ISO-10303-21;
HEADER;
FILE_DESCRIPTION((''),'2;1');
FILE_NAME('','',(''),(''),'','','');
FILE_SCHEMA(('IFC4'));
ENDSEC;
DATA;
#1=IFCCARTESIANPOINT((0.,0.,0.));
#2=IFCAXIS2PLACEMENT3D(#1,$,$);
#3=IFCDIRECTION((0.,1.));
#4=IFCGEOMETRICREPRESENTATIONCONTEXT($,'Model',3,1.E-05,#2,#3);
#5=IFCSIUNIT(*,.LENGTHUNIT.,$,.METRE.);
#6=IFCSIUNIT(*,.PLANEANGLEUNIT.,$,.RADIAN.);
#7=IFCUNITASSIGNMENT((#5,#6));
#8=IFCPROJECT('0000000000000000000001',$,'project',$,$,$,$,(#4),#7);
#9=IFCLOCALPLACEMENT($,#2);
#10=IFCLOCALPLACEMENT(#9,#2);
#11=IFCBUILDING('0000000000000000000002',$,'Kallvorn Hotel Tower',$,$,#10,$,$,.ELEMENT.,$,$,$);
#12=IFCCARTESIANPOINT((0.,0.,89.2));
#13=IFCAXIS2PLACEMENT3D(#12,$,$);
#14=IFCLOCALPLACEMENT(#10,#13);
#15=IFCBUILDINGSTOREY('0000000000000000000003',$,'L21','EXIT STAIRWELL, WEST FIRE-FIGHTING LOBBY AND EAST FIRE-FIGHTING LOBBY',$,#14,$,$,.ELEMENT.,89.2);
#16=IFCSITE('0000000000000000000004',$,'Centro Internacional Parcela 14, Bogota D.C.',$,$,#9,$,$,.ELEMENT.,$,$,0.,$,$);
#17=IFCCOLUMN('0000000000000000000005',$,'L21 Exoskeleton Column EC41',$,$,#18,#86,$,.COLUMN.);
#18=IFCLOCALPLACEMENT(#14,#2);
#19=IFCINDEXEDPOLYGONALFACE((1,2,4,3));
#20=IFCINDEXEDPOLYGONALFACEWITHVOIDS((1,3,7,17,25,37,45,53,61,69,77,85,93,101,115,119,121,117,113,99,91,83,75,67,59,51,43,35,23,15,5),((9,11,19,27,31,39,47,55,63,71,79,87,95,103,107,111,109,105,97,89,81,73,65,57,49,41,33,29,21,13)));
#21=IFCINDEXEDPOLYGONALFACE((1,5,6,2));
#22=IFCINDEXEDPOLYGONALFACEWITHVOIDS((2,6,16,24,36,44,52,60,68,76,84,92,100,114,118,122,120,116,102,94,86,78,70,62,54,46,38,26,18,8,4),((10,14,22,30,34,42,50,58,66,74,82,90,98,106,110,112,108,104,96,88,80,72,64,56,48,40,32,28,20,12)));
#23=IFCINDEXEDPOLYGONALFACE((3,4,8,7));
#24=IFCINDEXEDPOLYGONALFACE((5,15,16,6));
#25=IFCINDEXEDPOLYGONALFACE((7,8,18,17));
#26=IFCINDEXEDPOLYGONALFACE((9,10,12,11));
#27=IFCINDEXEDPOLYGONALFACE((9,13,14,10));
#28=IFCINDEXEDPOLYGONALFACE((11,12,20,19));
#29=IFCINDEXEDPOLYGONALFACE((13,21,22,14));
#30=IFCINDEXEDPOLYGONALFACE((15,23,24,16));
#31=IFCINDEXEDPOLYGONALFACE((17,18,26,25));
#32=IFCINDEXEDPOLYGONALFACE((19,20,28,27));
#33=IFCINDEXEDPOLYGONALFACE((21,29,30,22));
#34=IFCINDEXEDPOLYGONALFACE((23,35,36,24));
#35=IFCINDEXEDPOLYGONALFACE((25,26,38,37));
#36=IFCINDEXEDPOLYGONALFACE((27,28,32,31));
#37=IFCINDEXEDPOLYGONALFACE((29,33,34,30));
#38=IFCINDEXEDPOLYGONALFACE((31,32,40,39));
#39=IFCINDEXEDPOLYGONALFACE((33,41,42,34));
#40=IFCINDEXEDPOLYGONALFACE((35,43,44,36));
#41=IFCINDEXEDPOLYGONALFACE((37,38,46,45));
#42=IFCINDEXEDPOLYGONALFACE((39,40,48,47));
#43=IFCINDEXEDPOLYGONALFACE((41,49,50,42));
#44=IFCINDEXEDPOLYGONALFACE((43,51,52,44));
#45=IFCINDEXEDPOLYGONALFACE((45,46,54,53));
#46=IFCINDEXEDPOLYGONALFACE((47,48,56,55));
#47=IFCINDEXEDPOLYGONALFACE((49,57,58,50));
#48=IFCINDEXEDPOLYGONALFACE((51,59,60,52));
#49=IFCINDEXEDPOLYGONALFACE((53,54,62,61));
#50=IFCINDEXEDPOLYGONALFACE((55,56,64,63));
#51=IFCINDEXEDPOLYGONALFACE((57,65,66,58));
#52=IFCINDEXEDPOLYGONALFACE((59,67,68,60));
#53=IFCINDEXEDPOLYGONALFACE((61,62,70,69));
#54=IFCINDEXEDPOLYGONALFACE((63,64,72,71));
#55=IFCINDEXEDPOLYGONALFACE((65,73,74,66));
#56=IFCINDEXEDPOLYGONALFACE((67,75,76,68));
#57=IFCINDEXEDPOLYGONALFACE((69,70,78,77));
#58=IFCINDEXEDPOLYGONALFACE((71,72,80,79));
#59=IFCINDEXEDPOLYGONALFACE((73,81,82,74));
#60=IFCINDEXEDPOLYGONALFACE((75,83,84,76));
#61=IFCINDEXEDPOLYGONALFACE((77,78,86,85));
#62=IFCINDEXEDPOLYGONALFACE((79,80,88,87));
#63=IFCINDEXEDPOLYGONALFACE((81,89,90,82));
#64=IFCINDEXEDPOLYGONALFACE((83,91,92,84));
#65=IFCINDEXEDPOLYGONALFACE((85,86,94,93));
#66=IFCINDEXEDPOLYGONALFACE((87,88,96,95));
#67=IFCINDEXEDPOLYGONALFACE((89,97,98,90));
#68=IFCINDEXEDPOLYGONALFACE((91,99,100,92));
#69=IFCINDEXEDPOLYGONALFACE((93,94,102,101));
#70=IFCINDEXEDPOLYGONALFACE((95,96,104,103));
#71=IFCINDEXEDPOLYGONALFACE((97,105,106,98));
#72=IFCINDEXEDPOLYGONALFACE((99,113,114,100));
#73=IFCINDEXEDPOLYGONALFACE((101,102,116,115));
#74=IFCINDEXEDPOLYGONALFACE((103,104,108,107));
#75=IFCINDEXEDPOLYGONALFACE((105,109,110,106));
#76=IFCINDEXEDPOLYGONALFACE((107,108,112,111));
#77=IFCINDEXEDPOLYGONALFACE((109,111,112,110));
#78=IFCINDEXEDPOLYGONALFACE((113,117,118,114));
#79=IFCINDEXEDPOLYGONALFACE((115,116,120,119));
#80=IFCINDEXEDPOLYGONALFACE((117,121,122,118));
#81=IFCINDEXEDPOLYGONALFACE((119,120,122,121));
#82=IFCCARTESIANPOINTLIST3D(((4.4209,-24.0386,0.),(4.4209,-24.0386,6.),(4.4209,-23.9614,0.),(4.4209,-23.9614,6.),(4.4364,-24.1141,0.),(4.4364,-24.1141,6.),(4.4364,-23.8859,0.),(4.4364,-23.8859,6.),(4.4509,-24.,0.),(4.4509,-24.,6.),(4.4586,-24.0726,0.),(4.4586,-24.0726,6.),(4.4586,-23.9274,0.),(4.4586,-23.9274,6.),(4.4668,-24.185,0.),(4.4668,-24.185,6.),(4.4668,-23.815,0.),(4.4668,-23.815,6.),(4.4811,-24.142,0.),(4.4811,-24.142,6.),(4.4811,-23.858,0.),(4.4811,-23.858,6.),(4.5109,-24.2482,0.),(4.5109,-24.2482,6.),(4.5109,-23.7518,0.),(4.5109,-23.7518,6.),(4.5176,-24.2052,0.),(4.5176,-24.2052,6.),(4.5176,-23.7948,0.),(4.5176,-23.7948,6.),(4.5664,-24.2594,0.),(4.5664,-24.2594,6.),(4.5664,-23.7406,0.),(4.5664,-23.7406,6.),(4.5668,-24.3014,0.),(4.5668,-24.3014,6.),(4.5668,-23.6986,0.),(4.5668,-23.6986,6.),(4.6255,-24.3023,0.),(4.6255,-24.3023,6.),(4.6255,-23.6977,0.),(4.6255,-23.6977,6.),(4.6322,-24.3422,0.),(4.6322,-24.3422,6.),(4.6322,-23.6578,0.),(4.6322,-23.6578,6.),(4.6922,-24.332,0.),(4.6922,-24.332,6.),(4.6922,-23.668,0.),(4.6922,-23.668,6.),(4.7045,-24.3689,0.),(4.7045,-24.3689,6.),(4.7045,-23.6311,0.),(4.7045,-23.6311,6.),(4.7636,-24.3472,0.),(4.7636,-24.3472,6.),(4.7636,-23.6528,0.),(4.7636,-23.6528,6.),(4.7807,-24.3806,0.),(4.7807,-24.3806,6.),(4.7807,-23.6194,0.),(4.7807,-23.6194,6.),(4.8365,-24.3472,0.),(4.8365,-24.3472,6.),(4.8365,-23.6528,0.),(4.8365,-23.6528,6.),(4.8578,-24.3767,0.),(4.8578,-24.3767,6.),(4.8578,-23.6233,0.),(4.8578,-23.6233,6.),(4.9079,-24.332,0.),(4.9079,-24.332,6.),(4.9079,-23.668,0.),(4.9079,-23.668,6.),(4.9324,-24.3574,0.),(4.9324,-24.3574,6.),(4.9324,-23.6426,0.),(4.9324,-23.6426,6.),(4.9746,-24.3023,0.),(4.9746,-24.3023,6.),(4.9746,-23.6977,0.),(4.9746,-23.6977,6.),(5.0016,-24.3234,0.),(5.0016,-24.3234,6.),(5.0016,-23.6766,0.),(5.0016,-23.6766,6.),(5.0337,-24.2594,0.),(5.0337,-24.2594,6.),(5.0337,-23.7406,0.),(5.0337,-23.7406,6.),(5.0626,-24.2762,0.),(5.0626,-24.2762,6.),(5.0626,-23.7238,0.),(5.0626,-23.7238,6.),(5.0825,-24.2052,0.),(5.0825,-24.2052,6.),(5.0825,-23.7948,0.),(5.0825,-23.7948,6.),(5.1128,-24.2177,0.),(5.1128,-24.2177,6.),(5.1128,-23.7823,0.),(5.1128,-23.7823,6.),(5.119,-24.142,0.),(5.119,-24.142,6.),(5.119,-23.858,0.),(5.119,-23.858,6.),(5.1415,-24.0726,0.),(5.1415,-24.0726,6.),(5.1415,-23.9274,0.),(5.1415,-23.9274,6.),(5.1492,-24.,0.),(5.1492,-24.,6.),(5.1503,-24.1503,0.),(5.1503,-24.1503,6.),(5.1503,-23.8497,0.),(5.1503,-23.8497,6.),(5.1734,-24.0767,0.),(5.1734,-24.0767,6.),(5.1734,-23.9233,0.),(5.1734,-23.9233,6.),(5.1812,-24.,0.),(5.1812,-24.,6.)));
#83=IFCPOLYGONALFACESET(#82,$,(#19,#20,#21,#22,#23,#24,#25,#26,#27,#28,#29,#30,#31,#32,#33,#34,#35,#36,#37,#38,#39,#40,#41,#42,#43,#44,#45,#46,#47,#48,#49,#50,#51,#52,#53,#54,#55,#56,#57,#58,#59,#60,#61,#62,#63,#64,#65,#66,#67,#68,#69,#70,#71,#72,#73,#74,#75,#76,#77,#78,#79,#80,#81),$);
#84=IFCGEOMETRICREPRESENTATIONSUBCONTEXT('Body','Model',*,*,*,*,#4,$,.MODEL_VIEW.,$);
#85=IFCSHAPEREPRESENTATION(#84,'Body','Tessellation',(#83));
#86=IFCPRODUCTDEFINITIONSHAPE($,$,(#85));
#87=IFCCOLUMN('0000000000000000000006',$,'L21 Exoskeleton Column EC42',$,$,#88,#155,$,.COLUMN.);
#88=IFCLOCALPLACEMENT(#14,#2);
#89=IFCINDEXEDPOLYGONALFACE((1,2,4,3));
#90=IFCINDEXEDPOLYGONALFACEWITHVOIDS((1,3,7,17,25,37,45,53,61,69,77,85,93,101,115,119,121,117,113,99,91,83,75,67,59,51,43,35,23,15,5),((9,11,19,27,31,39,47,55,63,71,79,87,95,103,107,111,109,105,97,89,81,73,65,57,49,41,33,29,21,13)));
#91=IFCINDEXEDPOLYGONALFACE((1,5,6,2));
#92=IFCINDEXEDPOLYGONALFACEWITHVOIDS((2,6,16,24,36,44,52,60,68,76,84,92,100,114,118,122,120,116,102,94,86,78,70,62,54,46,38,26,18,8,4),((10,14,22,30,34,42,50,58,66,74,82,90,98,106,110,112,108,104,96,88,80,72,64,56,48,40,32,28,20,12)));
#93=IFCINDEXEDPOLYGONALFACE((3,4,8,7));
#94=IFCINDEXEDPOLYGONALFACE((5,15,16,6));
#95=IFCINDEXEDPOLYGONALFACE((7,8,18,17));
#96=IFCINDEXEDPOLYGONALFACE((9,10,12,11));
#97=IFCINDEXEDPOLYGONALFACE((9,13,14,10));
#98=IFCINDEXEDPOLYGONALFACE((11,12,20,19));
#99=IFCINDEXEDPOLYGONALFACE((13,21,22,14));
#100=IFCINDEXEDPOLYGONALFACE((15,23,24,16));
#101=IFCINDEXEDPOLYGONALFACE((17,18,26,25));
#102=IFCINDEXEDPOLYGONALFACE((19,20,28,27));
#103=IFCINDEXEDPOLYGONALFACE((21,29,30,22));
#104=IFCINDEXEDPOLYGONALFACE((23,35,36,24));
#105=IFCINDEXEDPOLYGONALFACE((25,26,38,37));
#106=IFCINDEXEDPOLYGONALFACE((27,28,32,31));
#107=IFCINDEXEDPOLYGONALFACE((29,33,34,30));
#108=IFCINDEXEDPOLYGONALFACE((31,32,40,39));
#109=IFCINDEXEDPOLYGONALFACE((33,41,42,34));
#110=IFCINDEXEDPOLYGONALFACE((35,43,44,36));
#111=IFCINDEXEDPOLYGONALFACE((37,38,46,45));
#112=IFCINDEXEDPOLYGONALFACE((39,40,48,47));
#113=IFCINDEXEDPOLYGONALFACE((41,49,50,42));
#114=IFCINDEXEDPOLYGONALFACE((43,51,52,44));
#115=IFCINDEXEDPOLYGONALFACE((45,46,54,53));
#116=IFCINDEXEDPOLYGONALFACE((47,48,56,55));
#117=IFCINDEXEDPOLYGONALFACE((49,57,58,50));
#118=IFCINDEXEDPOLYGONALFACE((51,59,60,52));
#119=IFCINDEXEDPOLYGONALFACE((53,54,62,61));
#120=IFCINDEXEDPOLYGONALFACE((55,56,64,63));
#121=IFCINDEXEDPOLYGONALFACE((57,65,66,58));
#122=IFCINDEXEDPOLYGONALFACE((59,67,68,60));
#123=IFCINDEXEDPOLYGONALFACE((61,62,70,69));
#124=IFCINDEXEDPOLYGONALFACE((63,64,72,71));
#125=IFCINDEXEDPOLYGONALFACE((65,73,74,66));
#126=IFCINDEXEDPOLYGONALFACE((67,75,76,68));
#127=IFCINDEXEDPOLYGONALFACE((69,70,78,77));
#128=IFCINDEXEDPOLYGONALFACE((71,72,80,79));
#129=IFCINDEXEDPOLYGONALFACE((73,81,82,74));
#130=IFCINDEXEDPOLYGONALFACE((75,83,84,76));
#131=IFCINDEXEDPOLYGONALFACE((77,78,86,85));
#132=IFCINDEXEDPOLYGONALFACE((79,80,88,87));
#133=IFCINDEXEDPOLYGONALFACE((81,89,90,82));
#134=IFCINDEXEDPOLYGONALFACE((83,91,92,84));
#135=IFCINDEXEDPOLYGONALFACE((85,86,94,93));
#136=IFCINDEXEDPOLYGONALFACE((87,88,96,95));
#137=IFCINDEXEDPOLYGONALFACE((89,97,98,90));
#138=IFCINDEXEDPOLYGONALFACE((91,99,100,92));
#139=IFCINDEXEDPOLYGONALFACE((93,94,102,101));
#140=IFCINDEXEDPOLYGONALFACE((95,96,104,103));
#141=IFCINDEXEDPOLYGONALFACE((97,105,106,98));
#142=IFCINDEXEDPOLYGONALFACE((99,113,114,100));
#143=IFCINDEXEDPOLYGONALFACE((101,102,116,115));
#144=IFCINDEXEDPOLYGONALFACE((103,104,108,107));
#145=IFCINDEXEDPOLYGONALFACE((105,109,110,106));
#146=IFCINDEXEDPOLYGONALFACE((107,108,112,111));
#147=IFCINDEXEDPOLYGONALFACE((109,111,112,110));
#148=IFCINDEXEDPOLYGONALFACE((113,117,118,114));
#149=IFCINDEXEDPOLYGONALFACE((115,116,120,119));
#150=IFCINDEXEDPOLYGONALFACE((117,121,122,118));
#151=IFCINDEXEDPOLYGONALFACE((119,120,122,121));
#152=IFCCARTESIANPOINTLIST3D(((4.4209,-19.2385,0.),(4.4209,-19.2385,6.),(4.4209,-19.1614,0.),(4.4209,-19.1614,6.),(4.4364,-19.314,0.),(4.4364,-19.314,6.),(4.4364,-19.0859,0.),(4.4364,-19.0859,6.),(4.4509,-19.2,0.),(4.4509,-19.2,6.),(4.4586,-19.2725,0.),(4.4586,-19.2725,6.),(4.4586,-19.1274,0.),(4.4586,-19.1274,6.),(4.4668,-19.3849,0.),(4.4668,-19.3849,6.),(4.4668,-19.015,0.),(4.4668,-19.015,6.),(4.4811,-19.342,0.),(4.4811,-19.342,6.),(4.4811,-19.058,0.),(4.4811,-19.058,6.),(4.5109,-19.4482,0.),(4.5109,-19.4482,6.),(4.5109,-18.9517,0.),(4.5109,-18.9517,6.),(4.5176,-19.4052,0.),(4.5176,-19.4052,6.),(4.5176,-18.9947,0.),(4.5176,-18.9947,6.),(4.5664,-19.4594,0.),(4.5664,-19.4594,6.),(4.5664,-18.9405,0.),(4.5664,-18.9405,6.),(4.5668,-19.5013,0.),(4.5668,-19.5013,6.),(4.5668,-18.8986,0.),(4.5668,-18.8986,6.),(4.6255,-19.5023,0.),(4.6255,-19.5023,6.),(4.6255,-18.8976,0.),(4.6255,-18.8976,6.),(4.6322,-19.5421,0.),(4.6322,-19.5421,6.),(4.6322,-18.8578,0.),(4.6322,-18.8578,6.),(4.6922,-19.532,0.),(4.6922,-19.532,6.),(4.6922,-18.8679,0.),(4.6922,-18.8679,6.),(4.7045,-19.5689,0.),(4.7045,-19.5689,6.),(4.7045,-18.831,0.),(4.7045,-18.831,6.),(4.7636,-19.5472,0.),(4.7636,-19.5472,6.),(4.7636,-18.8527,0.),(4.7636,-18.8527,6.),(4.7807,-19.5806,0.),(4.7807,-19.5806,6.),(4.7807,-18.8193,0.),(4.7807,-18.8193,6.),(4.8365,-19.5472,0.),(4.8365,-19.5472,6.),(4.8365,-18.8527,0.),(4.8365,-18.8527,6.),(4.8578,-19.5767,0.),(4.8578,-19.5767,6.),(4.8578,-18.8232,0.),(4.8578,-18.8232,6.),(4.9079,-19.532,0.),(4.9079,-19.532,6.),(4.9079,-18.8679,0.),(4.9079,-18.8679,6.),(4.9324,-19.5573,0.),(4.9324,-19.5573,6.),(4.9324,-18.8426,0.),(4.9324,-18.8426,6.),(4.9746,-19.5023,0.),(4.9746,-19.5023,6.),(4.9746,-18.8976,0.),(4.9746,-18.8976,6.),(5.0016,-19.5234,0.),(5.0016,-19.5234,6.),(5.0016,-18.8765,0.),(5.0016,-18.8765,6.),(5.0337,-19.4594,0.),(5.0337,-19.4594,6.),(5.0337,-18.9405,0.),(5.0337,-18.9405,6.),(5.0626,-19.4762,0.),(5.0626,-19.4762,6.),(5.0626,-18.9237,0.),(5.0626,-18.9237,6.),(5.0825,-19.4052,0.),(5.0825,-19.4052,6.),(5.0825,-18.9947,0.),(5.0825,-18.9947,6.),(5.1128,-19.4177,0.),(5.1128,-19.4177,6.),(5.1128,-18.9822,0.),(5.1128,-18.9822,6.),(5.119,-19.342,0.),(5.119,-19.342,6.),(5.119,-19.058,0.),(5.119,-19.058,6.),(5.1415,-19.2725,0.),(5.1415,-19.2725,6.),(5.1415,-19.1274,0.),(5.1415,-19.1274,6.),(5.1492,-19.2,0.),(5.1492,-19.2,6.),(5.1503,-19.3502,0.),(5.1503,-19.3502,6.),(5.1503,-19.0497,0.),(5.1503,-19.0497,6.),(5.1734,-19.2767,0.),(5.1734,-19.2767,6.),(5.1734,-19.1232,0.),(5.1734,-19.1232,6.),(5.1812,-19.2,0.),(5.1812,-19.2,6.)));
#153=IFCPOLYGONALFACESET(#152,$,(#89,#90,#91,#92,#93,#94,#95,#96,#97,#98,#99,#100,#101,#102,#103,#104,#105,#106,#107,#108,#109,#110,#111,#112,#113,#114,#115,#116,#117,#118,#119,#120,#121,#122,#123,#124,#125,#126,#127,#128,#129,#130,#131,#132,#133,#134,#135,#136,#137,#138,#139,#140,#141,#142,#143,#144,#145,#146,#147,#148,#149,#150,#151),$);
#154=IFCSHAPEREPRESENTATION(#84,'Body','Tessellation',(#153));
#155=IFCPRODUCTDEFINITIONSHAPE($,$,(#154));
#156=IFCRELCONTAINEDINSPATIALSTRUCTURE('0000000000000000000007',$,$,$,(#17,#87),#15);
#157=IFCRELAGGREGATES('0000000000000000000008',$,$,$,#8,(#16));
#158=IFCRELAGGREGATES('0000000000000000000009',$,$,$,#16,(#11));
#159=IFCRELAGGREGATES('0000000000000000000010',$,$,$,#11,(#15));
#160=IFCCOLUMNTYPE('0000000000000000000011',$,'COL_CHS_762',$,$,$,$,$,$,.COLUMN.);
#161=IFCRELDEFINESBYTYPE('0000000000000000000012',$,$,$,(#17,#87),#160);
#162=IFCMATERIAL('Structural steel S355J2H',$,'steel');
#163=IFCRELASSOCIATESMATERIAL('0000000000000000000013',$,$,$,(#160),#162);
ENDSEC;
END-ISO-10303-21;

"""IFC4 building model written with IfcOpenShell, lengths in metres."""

from ifc_helpers import new_model, si_unit, direction, frame, origin, origin_2d, place, context, subcontext, project, spatial, hollow_circle, extrude, material, material_profile, profile_set, type_object, element, save


model = new_model("IFC4")

# Units and contexts
model_context = context("Model", 3, precision=1e-05, world=origin(), true_north=direction((0.0, 1.0)))
body_context = subcontext(model_context, "Body", "Model", "MODEL_VIEW")
ifc_project = project(units=[si_unit("LENGTHUNIT", "METRE"), si_unit("PLANEANGLEUNIT", "RADIAN")], contexts=[model_context])

# Site, building, storey
site_placement = place(None, origin())
site = spatial("IfcSite", under=ifc_project, at=site_placement, Name="Centro Internacional Parcela 14, Bogota D.C.", CompositionType="ELEMENT", RefElevation=0.0)
building_placement = place(site_placement, origin())
building = spatial("IfcBuilding", under=site, at=building_placement, Name="Kallvorn Hotel Tower", CompositionType="ELEMENT")
storey_placement = place(building_placement, frame((0.0, 0.0, 89.2)))
storey = spatial("IfcBuildingStorey", under=building, at=storey_placement, Name="L21", Description="EXIT STAIRWELL, WEST FIRE-FIGHTING LOBBY AND EAST FIRE-FIGHTING LOBBY", CompositionType="ELEMENT", Elevation=89.2)

# Columns
ifc_material_1 = material(Name="Structural steel S355J2H", Category="steel")
ifc_material_profile_1 = material_profile(ifc_material_1, hollow_circle(Radius=0.3811, WallThickness=0.032, at=origin_2d()), Name="CHS 762x32")
ifc_profile_set_1 = profile_set([ifc_material_profile_1], Name="Structural steel S355J2H")
column_type_1 = type_object("IfcColumnType", Name="COL_CHS_762", PredefinedType="COLUMN", material=ifc_profile_set_1)
for number, where, z_axis, x_axis, name in (
    (1, (4.8, -24.0, 0.0), (0.0, 0.0, 1.0), (1.0, 0.0, 0.0), "L21 Exoskeleton Column EC41"),
    (2, (4.8, -19.2, 0.0), (0.0, 0.0, 1.0), (1.0, 0.0, 0.0), "L21 Exoskeleton Column EC42"),
):
    element("IfcColumn", number, at=place(storey_placement, frame(where, z_axis=z_axis, x_axis=x_axis)), inside=storey, type_object=column_type_1, Name=name, PredefinedType="COLUMN", context=body_context, shape_type="SweptSolid", body=[
        extrude(hollow_circle(Radius=0.3811, WallThickness=0.032, at=origin_2d()), origin(), (0.0, 0.0, 1.0), 6.0),
    ])

save(model, "model.ifc")
